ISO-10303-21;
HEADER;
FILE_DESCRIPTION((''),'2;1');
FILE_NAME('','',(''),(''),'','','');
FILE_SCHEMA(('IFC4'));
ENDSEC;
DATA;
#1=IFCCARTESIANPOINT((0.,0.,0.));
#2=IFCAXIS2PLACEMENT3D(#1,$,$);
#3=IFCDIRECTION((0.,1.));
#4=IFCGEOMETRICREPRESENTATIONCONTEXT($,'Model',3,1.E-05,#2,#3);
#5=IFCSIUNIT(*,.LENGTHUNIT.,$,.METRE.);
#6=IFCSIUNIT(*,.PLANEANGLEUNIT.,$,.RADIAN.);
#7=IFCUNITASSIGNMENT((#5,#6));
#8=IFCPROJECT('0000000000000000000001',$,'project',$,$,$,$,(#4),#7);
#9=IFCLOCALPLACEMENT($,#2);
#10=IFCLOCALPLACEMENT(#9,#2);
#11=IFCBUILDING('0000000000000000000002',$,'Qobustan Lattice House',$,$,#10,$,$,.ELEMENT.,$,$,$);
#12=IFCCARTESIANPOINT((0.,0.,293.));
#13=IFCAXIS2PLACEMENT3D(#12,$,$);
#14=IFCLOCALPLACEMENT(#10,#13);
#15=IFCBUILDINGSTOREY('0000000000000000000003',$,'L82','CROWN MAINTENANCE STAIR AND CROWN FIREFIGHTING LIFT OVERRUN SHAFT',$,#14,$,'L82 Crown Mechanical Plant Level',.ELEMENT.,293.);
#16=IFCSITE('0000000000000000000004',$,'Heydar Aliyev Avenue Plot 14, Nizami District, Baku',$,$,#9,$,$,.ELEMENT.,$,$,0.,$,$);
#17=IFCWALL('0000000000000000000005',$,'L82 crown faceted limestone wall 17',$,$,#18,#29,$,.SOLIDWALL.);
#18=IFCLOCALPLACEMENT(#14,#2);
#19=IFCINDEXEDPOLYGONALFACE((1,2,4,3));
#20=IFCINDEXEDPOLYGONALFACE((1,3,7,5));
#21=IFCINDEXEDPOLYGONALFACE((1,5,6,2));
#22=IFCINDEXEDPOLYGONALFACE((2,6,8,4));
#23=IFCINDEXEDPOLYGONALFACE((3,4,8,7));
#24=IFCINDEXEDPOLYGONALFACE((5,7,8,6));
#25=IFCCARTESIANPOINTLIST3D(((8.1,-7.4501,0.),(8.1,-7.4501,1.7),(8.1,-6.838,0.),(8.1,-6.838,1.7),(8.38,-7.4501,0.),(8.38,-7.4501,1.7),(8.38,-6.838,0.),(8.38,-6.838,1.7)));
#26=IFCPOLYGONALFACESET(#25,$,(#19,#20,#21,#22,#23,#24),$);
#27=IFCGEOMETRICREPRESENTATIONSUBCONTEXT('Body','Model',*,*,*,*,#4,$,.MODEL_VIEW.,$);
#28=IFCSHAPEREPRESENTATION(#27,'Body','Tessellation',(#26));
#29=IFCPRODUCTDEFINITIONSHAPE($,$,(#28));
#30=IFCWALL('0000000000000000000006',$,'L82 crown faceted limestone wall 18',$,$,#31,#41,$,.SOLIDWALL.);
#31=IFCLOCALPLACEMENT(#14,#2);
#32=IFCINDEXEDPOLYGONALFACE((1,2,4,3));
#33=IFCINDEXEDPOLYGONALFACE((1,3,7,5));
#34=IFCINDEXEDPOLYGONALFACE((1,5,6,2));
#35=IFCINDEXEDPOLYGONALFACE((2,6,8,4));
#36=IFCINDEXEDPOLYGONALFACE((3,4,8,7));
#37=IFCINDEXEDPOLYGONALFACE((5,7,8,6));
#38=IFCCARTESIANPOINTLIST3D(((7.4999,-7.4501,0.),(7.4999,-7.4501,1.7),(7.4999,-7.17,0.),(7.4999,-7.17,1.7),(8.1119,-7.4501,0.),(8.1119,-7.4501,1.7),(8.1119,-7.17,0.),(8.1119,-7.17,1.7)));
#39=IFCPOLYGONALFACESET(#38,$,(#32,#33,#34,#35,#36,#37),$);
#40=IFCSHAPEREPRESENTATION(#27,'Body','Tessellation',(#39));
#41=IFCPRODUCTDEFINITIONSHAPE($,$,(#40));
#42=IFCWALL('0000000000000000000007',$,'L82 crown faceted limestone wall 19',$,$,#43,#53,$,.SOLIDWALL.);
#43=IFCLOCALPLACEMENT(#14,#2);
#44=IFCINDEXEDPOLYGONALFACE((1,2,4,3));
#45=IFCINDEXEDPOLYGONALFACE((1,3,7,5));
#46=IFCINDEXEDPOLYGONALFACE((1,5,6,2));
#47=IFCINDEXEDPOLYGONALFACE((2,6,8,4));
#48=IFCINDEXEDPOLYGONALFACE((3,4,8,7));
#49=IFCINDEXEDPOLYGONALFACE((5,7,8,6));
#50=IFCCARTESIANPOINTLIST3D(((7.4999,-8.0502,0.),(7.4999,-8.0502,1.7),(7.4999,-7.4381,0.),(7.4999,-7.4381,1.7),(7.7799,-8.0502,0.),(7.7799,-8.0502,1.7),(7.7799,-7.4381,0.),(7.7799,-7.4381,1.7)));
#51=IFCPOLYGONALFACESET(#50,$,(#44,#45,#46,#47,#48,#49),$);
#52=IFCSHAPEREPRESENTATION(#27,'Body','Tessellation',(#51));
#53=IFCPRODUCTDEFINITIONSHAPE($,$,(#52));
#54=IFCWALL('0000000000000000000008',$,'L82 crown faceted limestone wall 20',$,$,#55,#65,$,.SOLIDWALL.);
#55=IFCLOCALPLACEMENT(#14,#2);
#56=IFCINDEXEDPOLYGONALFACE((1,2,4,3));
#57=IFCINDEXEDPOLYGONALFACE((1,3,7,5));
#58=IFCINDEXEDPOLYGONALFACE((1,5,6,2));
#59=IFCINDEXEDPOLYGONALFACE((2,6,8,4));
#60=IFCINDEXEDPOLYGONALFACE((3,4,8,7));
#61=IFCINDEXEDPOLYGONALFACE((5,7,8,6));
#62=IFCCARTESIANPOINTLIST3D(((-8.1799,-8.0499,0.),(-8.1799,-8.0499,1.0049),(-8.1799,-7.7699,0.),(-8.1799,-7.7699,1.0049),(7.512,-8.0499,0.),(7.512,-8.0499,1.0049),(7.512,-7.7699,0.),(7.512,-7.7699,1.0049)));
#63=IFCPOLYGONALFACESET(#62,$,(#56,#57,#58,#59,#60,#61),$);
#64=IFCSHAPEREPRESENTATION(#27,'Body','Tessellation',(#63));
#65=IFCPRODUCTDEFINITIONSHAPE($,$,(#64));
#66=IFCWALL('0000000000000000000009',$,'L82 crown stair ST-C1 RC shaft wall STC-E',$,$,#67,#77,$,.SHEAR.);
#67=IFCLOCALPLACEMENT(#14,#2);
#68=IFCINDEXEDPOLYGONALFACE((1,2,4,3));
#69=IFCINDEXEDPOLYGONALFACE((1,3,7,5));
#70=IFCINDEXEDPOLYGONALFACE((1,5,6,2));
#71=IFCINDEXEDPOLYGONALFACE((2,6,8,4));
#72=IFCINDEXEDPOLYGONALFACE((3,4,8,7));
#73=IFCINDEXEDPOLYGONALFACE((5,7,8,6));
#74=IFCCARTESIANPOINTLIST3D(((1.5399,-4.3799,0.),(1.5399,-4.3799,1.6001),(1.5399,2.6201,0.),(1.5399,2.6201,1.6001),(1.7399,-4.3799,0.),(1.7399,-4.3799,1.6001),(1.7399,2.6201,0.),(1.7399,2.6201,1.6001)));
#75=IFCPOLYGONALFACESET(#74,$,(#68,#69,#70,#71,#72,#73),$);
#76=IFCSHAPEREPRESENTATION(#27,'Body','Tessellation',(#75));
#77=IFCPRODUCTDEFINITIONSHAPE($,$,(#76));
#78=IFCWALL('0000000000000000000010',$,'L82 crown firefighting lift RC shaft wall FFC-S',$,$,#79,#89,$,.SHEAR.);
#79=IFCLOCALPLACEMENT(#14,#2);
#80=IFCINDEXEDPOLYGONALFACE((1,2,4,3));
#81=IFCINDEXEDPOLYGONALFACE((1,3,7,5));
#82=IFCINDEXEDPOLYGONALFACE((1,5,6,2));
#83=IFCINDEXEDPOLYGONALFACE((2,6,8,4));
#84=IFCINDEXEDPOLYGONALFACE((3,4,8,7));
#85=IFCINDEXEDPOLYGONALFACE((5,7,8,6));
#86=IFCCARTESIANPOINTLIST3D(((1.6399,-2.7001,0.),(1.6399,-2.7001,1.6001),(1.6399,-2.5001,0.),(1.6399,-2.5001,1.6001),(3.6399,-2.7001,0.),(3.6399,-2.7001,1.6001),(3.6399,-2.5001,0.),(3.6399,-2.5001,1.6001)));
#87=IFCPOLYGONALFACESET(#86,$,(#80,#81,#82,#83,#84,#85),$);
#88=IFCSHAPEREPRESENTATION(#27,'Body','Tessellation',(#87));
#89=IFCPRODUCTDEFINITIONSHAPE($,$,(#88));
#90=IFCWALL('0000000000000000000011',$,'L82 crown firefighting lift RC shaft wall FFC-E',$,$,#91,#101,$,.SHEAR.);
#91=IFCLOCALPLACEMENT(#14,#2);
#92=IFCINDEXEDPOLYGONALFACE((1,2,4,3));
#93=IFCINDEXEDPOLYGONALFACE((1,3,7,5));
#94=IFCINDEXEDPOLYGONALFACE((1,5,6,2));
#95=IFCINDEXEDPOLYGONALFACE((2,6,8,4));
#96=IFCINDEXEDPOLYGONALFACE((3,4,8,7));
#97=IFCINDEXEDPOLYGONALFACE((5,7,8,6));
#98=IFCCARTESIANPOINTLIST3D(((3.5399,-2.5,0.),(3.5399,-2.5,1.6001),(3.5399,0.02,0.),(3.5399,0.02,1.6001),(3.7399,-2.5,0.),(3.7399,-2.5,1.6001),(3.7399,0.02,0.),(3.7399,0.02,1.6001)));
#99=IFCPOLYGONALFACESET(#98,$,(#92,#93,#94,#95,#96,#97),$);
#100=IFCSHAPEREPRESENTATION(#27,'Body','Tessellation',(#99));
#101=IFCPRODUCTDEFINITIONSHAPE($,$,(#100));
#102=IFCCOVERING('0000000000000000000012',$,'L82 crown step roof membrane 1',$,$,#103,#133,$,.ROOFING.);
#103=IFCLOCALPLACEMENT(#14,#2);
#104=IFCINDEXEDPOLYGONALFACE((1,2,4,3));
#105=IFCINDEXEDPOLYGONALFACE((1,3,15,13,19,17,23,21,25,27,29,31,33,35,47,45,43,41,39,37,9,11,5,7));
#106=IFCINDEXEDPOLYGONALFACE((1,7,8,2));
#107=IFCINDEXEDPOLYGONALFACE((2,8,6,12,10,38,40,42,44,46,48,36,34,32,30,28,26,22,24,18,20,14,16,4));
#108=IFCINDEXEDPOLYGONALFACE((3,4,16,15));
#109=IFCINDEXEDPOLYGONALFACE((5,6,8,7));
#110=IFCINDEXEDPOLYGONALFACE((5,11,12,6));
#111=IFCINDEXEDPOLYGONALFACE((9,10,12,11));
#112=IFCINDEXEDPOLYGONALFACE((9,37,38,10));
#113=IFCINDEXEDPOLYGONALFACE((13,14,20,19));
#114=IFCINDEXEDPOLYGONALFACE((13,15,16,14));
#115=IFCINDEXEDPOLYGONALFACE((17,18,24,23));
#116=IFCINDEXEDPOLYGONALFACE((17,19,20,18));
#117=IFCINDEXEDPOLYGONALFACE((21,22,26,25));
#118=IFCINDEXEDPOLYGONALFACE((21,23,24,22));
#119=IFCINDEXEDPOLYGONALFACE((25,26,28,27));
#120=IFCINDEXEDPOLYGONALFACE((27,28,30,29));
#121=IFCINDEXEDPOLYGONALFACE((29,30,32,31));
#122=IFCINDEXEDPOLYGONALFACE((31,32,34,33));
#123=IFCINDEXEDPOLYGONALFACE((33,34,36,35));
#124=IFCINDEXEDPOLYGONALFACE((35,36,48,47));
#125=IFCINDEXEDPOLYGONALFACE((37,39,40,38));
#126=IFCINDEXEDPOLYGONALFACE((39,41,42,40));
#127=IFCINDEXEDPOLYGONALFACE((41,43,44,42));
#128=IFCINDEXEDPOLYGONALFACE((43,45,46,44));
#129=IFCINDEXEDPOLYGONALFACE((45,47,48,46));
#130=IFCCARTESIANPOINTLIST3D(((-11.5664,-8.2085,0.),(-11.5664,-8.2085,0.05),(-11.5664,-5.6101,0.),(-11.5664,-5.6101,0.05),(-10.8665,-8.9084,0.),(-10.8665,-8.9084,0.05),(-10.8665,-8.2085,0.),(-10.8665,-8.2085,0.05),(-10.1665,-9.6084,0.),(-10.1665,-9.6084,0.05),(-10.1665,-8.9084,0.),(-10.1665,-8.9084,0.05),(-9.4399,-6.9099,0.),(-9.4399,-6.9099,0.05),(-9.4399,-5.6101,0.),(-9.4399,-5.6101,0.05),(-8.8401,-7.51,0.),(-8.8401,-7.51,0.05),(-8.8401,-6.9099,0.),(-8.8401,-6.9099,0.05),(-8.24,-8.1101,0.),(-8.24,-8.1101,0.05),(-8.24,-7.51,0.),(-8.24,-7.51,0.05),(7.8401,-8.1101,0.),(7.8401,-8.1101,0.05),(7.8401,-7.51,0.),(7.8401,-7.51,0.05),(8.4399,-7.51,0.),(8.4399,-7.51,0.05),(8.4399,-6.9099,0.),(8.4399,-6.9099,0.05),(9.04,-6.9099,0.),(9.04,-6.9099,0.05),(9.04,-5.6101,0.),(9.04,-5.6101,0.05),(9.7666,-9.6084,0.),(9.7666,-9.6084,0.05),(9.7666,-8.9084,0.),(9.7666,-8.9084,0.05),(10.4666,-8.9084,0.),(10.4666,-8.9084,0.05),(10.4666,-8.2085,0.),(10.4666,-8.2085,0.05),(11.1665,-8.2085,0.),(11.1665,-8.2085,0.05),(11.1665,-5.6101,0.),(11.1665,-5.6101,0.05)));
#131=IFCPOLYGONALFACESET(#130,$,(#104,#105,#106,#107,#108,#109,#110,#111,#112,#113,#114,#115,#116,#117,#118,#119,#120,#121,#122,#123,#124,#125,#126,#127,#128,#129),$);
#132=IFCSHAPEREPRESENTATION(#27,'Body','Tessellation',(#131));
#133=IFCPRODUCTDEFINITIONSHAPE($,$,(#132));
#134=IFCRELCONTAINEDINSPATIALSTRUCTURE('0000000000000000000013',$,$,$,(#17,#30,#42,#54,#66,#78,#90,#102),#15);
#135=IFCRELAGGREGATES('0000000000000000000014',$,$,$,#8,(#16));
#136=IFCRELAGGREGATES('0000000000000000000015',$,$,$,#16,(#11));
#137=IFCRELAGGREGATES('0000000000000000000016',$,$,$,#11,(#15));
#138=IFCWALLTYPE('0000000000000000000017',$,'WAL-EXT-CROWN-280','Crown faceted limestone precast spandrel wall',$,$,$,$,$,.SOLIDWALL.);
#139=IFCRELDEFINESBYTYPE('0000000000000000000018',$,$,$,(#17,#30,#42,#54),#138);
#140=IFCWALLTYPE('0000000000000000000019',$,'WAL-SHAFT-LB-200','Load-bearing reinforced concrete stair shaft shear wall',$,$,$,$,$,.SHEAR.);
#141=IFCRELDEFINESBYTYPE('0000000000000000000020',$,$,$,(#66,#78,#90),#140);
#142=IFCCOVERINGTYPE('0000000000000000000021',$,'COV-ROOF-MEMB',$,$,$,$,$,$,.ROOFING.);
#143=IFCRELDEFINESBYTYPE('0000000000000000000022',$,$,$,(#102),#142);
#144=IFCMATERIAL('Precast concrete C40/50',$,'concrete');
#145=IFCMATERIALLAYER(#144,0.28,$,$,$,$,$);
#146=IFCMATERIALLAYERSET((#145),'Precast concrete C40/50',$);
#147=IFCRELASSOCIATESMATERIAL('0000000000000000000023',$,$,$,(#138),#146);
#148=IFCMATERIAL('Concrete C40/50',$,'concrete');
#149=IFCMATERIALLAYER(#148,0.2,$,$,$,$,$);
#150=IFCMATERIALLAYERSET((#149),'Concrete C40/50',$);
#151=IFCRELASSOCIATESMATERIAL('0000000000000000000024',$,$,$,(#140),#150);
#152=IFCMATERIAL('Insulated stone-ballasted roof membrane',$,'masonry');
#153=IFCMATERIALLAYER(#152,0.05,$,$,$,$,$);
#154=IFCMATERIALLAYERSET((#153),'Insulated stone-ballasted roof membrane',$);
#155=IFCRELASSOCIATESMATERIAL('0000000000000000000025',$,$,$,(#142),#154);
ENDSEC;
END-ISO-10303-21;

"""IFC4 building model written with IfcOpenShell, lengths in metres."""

from ifc_helpers import new_model, si_unit, direction, frame, frame_2d, origin, place, context, subcontext, project, spatial, polyline, rectangle, outline, extrude, material, layer, layer_set, type_object, element, save


model = new_model("IFC4")

# Units and contexts
model_context = context("Model", 3, precision=1e-05, world=origin(), true_north=direction((0.0, 1.0)))
body_context = subcontext(model_context, "Body", "Model", "MODEL_VIEW")
ifc_project = project(units=[si_unit("LENGTHUNIT", "METRE"), si_unit("PLANEANGLEUNIT", "RADIAN")], contexts=[model_context])

# Site, building, storey
site_placement = place(None, origin())
site = spatial("IfcSite", under=ifc_project, at=site_placement, Name="Heydar Aliyev Avenue Plot 14, Nizami District, Baku", CompositionType="ELEMENT", RefElevation=0.0)
building_placement = place(site_placement, origin())
building = spatial("IfcBuilding", under=site, at=building_placement, Name="Qobustan Lattice House", CompositionType="ELEMENT")
storey_placement = place(building_placement, frame((0.0, 0.0, 293.0)))
storey = spatial("IfcBuildingStorey", under=building, at=storey_placement, Name="L82", Description="CROWN MAINTENANCE STAIR AND CROWN FIREFIGHTING LIFT OVERRUN SHAFT", LongName="L82 Crown Mechanical Plant Level", CompositionType="ELEMENT", Elevation=293.0)

# Walls
ifc_material_1 = material(Name="Precast concrete C40/50", Category="concrete")
ifc_layer_1 = layer(ifc_material_1, 0.28)
ifc_layer_set_1 = layer_set([ifc_layer_1], Name="Precast concrete C40/50")
wall_type_1 = type_object("IfcWallType", Name="WAL-EXT-CROWN-280", Description="Crown faceted limestone precast spandrel wall", PredefinedType="SOLIDWALL", material=ifc_layer_set_1)
for number, where, z_axis, x_axis, name in (
    (1, (8.24, -6.8379, 0.0), (0.0, 0.0, 1.0), (0.0, -1.0, 0.0), "L82 crown faceted limestone wall 17"),
    (2, (8.1121, -7.3101, 0.0), (0.0, 0.0, 1.0), (-1.0, 0.0, 0.0), "L82 crown faceted limestone wall 18"),
    (3, (7.6399, -7.438, 0.0), (0.0, 0.0, 1.0), (0.0, -1.0, 0.0), "L82 crown faceted limestone wall 19"),
):
    element("IfcWall", number, at=place(storey_placement, frame(where, z_axis=z_axis, x_axis=x_axis)), inside=storey, type_object=wall_type_1, Name=name, PredefinedType="SOLIDWALL", context=body_context, shape_type="SweptSolid", body=[
        extrude(rectangle(XDim=0.6121, YDim=0.28, at=frame_2d((0.3062, 0.0))), origin(), (0.0, 0.0, 1.0), 1.7),
    ])
wall_1_placement = place(storey_placement, frame((7.512, -7.9099, 0.0), z_axis=(0.0, 0.0, 1.0), x_axis=(-1.0, 0.0, 0.0)))
element("IfcWall", 4, at=wall_1_placement, inside=storey, type_object=wall_type_1, Name="L82 crown faceted limestone wall 20", PredefinedType="SOLIDWALL", context=body_context, shape_type="SweptSolid", body=[
    extrude(rectangle(XDim=15.6919, YDim=0.28, at=frame_2d((7.8459, 0.0))), origin(), (0.0, 0.0, 1.0), 1.0049),
])
ifc_material_2 = material(Name="Concrete C40/50", Category="concrete")
ifc_layer_2 = layer(ifc_material_2, 0.2)
ifc_layer_set_2 = layer_set([ifc_layer_2], Name="Concrete C40/50")
wall_type_2 = type_object("IfcWallType", Name="WAL-SHAFT-LB-200", Description="Load-bearing reinforced concrete stair shaft shear wall", PredefinedType="SHEAR", material=ifc_layer_set_2)
wall_2_placement = place(storey_placement, frame((1.6399, -4.3799, 0.0), z_axis=(0.0, 0.0, 1.0), x_axis=(0.0, 1.0, 0.0)))
element("IfcWall", 5, at=wall_2_placement, inside=storey, type_object=wall_type_2, Name="L82 crown stair ST-C1 RC shaft wall STC-E", PredefinedType="SHEAR", context=body_context, shape_type="SweptSolid", body=[
    extrude(rectangle(XDim=7.0, YDim=0.2, at=frame_2d((3.5, 0.0))), origin(), (0.0, 0.0, 1.0), 1.6001),
])
wall_3_placement = place(storey_placement, frame((1.6399, -2.6001, 0.0), z_axis=(0.0, 0.0, 1.0), x_axis=(1.0, 0.0, 0.0)))
element("IfcWall", 6, at=wall_3_placement, inside=storey, type_object=wall_type_2, Name="L82 crown firefighting lift RC shaft wall FFC-S", PredefinedType="SHEAR", context=body_context, shape_type="SweptSolid", body=[
    extrude(rectangle(XDim=2.0, YDim=0.2, at=frame_2d((1.0, 0.0))), origin(), (0.0, 0.0, 1.0), 1.6001),
])
wall_4_placement = place(storey_placement, frame((3.6399, -2.5, 0.0), z_axis=(0.0, 0.0, 1.0), x_axis=(0.0, 1.0, 0.0)))
element("IfcWall", 7, at=wall_4_placement, inside=storey, type_object=wall_type_2, Name="L82 crown firefighting lift RC shaft wall FFC-E", PredefinedType="SHEAR", context=body_context, shape_type="SweptSolid", body=[
    extrude(rectangle(XDim=2.52, YDim=0.2, at=frame_2d((1.26, 0.0))), origin(), (0.0, 0.0, 1.0), 1.6001),
])

# Covering
ifc_material_3 = material(Name="Insulated stone-ballasted roof membrane", Category="masonry")
ifc_layer_3 = layer(ifc_material_3, 0.05)
ifc_layer_set_3 = layer_set([ifc_layer_3], Name="Insulated stone-ballasted roof membrane")
covering_type = type_object("IfcCoveringType", Name="COV-ROOF-MEMB", PredefinedType="ROOFING", material=ifc_layer_set_3)
covering_placement = place(storey_placement, origin())
element("IfcCovering", 8, at=covering_placement, inside=storey, type_object=covering_type, Name="L82 crown step roof membrane 1", PredefinedType="ROOFING", context=body_context, shape_type="SweptSolid", body=[
    extrude(outline(polyline([(-10.1665, -8.9084), (-10.1665, -9.6084), (9.7666, -9.6084), (9.7666, -8.9084), (10.4666, -8.9084), (10.4666, -8.2085), (11.1665, -8.2085), (11.1665, -5.6101), (9.04, -5.6101), (9.04, -6.9099), (8.4399, -6.9099), (8.4399, -7.51), (7.8401, -7.51), (7.8401, -8.1101), (-8.24, -8.1101), (-8.24, -7.51), (-8.8401, -7.51), (-8.8401, -6.9099), (-9.4399, -6.9099), (-9.4399, -5.6101), (-11.5664, -5.6101), (-11.5664, -8.2085), (-10.8665, -8.2085), (-10.8665, -8.9084), (-10.1665, -8.9084)])), origin(), (0.0, 0.0, 1.0), 0.05),
])

save(model, "model.ifc")
